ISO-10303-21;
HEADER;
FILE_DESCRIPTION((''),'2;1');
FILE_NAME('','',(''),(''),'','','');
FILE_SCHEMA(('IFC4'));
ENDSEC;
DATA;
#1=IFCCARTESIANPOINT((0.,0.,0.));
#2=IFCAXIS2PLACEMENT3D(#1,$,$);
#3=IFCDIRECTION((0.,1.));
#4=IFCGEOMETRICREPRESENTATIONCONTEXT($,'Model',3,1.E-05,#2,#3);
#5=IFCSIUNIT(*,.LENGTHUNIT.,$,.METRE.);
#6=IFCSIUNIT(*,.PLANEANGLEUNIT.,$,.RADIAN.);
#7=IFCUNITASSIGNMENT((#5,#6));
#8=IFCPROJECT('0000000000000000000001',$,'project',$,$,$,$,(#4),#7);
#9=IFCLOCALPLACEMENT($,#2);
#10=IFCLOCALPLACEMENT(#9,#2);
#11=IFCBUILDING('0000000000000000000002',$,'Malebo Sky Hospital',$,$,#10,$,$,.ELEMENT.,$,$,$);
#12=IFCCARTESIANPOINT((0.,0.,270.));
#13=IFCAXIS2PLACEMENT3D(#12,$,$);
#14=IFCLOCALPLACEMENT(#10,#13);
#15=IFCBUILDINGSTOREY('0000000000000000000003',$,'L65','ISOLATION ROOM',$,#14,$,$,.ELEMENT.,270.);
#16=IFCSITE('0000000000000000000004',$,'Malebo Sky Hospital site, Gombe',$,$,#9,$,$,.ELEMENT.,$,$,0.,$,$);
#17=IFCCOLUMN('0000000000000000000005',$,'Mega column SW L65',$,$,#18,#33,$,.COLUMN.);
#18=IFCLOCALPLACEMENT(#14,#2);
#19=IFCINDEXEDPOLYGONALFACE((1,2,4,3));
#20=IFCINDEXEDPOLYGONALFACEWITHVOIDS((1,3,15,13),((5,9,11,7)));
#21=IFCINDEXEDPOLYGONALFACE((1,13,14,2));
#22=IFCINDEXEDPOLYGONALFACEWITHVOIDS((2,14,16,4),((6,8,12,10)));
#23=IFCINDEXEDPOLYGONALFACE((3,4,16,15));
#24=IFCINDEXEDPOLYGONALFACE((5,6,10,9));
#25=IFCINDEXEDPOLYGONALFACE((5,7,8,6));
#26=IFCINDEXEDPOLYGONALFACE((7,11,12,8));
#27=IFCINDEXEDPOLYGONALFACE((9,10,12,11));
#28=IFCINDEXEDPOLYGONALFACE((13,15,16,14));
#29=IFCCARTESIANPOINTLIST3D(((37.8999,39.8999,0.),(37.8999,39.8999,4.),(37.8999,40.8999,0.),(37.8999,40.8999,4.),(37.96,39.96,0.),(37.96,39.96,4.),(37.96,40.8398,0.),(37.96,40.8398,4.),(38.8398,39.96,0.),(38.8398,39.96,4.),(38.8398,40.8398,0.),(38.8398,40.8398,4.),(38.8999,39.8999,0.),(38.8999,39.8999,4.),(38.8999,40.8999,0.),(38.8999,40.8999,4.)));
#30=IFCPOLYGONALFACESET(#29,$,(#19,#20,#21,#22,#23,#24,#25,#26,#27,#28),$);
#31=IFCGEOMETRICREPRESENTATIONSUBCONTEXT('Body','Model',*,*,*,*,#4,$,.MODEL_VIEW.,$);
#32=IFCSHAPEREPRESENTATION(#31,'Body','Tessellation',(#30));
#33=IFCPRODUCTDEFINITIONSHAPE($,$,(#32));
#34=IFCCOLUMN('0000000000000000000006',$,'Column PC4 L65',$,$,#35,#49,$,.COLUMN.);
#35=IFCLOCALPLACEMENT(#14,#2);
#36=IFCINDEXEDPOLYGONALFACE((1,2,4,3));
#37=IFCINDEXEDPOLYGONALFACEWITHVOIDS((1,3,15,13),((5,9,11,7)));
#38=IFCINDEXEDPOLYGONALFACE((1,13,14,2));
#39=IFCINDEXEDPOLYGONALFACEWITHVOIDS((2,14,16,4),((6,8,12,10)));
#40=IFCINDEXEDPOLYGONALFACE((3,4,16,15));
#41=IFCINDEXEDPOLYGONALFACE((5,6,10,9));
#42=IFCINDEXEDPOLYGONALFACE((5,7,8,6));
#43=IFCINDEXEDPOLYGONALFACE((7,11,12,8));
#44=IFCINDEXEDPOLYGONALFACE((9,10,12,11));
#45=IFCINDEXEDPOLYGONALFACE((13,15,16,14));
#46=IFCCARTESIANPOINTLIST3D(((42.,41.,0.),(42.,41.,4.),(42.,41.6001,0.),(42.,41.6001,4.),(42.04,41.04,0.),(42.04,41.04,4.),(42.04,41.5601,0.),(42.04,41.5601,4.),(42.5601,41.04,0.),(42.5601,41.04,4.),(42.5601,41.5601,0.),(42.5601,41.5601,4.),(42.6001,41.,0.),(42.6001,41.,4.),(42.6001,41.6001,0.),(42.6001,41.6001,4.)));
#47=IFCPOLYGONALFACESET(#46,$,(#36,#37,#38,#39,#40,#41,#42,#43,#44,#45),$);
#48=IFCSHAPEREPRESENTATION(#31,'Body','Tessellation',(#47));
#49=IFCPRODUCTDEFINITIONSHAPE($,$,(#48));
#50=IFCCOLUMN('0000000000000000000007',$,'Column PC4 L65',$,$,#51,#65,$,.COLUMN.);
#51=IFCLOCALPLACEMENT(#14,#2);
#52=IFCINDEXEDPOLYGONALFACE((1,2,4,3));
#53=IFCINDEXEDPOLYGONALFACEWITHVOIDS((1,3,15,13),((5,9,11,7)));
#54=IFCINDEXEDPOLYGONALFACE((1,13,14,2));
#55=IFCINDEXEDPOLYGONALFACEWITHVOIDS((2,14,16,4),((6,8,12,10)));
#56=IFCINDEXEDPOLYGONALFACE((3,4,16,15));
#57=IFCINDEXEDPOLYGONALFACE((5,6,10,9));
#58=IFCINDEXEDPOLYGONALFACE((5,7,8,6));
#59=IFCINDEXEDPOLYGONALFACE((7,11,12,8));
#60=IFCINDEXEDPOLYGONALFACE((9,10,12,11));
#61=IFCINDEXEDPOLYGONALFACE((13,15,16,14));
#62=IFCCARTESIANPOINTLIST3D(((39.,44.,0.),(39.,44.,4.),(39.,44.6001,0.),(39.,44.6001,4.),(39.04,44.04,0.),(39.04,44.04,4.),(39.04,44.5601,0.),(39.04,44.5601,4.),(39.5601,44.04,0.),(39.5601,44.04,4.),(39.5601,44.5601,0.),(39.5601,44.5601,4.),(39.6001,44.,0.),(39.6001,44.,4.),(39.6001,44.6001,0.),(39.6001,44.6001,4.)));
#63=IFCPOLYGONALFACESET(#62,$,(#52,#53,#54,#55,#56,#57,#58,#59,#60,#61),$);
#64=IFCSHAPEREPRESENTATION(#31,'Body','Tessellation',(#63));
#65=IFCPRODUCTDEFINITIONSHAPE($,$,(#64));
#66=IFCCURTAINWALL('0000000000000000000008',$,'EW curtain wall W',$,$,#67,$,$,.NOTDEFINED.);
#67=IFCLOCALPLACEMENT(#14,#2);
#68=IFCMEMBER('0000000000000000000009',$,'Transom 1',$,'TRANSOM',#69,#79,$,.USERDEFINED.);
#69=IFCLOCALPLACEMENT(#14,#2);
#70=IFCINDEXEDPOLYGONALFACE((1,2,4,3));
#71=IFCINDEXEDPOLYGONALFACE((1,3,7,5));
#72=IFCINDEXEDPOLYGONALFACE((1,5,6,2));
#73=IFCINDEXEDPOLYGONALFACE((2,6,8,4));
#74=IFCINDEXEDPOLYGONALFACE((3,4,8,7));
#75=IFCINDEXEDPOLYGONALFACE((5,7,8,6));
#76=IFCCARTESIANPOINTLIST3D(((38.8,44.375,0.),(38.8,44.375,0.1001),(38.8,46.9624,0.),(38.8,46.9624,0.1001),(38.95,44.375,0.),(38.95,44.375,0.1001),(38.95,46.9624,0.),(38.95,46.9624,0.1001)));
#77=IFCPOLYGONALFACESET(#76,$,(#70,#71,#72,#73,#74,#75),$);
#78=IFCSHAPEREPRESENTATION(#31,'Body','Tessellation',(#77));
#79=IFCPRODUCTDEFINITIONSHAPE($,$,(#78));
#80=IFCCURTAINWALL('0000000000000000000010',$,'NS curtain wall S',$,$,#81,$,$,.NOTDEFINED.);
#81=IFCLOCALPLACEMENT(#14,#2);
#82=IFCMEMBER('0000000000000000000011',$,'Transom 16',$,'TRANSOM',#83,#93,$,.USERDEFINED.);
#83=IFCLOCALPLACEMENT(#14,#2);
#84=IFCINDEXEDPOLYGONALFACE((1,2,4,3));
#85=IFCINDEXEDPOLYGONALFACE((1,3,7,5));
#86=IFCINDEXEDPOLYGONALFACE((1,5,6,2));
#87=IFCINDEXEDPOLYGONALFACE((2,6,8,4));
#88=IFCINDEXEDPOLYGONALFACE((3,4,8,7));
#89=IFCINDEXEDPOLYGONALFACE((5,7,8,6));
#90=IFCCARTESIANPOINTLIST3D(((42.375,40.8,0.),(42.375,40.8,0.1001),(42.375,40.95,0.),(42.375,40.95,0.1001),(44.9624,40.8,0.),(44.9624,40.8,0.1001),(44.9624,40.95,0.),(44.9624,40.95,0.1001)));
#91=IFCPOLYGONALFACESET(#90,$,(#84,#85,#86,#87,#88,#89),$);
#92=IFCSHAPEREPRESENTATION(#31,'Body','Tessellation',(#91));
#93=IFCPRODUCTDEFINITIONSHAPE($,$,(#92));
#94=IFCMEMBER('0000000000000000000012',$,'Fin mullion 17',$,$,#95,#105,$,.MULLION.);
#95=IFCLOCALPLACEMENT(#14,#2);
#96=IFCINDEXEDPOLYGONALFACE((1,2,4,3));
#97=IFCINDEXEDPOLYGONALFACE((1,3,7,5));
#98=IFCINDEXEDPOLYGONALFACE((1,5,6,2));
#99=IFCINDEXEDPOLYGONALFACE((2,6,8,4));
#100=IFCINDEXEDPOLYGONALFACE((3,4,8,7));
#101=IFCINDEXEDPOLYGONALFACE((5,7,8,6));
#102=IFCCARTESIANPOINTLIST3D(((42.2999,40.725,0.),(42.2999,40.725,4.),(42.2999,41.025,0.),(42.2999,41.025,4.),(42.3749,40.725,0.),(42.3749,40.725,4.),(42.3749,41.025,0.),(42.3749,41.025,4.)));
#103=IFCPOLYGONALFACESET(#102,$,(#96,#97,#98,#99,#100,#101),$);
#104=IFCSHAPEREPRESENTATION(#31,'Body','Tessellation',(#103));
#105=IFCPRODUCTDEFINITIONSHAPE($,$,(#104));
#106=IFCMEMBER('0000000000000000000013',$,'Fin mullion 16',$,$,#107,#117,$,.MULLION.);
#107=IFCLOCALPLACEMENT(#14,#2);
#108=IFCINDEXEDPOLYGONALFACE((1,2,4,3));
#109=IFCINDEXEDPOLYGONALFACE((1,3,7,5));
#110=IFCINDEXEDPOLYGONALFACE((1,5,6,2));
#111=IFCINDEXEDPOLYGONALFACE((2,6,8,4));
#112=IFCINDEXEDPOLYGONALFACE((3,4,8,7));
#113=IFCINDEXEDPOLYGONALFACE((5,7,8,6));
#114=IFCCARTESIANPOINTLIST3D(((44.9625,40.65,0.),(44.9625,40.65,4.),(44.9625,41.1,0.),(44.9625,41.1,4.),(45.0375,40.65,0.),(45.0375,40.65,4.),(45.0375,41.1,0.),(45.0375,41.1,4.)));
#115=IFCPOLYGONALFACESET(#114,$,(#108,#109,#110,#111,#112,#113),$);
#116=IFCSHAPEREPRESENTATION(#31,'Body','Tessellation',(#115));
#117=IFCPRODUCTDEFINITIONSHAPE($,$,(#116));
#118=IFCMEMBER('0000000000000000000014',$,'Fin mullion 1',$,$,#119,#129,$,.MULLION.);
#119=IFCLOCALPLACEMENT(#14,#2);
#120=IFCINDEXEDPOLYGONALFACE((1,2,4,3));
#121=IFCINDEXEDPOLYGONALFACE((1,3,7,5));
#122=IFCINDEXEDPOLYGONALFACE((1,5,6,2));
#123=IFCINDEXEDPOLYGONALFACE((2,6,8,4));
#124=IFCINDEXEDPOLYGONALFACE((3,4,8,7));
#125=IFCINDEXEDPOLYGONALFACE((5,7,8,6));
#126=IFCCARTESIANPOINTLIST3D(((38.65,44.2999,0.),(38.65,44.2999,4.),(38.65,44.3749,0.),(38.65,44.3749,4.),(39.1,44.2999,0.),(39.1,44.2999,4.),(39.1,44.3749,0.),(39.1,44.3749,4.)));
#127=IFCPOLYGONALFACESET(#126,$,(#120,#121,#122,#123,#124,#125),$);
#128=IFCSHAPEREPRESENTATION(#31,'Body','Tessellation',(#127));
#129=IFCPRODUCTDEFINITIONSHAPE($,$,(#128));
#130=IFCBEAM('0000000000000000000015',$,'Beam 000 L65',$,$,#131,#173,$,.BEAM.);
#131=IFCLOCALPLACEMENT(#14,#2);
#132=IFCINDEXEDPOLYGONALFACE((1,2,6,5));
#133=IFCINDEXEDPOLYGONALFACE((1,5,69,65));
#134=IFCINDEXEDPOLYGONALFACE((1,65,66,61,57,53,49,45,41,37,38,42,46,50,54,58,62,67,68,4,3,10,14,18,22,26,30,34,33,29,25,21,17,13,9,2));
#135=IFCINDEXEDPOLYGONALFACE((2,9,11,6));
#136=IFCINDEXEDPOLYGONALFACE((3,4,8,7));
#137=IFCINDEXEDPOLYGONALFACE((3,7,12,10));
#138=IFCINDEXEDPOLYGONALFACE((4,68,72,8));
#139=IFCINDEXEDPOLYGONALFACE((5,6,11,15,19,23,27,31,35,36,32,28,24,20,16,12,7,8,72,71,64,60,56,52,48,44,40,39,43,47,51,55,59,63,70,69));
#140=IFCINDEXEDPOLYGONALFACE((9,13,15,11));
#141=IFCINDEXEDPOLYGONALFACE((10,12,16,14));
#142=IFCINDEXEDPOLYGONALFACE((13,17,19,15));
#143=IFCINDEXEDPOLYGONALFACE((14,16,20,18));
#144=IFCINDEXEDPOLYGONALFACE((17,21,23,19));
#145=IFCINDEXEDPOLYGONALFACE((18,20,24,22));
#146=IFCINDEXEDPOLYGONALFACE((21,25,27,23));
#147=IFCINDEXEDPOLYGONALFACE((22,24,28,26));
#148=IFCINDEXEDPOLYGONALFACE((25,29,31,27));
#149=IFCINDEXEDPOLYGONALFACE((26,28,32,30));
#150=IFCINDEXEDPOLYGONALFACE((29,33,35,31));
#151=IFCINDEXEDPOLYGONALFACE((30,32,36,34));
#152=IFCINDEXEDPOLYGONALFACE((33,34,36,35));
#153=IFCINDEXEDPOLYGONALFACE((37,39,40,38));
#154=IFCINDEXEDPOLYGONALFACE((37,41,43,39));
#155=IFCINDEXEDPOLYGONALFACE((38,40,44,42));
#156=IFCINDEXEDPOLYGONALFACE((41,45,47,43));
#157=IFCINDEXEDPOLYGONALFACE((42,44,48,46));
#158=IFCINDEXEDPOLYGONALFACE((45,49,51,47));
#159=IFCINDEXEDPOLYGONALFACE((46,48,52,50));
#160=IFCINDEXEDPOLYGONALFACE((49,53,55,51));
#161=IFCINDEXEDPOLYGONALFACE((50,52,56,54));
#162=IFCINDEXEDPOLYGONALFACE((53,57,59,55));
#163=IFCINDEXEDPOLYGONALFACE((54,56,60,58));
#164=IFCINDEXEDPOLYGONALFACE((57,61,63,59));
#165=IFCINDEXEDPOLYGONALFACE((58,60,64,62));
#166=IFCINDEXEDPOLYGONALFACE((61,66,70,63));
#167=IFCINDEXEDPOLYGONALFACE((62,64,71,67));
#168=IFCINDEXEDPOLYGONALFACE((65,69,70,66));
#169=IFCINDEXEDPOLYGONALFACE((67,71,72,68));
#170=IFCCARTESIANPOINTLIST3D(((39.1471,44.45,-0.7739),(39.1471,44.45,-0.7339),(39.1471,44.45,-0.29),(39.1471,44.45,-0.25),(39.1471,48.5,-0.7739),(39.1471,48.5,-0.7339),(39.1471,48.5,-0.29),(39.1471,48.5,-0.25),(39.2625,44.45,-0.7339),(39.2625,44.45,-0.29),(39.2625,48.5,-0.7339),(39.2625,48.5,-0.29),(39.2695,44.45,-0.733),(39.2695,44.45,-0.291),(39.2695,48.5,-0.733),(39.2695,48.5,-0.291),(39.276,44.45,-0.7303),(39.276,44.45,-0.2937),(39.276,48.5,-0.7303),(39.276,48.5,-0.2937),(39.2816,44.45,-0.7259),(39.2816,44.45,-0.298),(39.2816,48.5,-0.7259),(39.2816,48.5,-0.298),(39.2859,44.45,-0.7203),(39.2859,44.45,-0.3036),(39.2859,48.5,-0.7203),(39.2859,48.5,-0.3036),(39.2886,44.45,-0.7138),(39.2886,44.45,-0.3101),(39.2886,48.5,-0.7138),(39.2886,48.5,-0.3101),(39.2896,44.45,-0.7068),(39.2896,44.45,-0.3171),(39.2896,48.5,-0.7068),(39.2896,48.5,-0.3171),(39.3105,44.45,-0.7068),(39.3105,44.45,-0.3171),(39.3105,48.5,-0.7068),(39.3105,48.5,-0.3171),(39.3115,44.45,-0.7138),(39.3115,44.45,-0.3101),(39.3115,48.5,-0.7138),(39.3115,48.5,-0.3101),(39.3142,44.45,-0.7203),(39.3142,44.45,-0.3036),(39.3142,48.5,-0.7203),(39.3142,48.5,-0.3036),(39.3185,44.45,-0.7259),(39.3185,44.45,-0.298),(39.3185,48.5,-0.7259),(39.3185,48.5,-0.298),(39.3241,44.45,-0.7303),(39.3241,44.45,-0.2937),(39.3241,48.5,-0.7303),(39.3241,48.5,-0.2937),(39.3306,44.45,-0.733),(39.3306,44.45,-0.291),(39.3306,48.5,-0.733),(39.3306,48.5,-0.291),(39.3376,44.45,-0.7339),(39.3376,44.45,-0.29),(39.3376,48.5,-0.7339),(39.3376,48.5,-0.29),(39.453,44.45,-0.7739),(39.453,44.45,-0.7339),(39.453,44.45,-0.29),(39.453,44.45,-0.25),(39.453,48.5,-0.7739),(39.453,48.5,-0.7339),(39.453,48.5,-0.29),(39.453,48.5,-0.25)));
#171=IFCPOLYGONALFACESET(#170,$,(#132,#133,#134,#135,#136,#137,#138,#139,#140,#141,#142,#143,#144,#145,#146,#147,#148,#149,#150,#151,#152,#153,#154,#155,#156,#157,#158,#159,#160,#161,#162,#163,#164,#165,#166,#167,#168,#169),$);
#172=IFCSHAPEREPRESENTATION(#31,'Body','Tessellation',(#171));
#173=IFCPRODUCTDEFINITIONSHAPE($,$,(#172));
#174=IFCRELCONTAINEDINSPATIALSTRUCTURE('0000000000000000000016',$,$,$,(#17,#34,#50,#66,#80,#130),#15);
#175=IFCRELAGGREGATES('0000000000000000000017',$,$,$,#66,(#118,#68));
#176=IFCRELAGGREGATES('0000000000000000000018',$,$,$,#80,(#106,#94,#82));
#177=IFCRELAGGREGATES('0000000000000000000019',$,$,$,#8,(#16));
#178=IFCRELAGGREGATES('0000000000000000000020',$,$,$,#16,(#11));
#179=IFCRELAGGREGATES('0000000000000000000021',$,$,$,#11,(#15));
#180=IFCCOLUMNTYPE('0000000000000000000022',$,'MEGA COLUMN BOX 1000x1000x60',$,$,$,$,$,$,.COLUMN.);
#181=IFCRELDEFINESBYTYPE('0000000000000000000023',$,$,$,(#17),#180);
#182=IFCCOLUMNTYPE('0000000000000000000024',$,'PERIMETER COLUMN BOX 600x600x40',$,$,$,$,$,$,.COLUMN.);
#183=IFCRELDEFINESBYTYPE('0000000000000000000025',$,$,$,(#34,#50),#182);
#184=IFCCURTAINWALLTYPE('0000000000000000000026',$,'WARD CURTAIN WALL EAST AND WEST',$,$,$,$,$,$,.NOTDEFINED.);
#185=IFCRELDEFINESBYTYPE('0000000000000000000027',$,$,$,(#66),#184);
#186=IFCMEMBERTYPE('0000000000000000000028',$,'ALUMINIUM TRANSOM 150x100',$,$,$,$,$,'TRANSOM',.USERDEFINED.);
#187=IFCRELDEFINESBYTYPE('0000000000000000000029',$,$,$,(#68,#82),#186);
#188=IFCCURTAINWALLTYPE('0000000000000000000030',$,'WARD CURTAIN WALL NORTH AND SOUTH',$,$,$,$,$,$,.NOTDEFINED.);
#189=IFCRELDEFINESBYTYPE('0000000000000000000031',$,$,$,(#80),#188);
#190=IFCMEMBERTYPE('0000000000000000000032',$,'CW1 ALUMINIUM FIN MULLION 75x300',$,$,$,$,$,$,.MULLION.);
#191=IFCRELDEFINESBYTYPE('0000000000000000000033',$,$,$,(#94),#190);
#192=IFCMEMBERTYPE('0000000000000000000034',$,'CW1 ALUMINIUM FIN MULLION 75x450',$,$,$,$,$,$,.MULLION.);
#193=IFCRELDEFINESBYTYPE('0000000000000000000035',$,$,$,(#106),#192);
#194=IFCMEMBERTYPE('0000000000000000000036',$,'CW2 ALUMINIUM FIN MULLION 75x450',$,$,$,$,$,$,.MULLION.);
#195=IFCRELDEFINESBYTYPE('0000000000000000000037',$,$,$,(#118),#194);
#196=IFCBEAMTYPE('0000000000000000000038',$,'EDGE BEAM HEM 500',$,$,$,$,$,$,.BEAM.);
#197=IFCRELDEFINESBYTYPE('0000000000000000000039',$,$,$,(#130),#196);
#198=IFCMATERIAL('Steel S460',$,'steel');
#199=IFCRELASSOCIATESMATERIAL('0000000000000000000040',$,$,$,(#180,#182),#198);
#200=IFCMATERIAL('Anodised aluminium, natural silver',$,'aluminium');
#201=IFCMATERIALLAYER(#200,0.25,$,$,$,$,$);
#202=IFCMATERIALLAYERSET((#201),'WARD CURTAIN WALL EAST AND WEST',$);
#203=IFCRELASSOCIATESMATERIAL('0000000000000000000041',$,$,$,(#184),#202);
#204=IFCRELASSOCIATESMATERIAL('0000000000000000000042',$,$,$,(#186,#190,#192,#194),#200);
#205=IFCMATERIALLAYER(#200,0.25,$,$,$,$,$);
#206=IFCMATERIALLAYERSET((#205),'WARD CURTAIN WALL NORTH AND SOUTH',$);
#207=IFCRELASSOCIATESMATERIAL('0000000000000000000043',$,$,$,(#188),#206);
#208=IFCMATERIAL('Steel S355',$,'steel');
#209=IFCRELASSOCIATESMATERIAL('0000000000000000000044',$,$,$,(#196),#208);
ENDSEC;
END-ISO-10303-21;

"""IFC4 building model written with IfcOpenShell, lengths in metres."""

from ifc_helpers import new_model, si_unit, direction, frame, origin, origin_2d, place, context, subcontext, project, spatial, rectangle, hollow_rectangle, i_section, extrude, material, layer, layer_set, material_profile, profile_set, type_object, element, aggregate, save


model = new_model("IFC4")

# Units and contexts
model_context = context("Model", 3, precision=1e-05, world=origin(), true_north=direction((0.0, 1.0)))
body_context = subcontext(model_context, "Body", "Model", "MODEL_VIEW")
ifc_project = project(units=[si_unit("LENGTHUNIT", "METRE"), si_unit("PLANEANGLEUNIT", "RADIAN")], contexts=[model_context])

# Site, building, storey
site_placement = place(None, origin())
site = spatial("IfcSite", under=ifc_project, at=site_placement, Name="Malebo Sky Hospital site, Gombe", CompositionType="ELEMENT", RefElevation=0.0)
building_placement = place(site_placement, origin())
building = spatial("IfcBuilding", under=site, at=building_placement, Name="Malebo Sky Hospital", CompositionType="ELEMENT")
storey_placement = place(building_placement, frame((0.0, 0.0, 270.0)))
storey = spatial("IfcBuildingStorey", under=building, at=storey_placement, Name="L65", Description="ISOLATION ROOM", CompositionType="ELEMENT", Elevation=270.0)

# Columns
ifc_material_1 = material(Name="Steel S460", Category="steel")
ifc_material_profile_1 = material_profile(ifc_material_1, hollow_rectangle(XDim=1.0, YDim=1.0, WallThickness=0.0601, at=origin_2d()), Name="BOX 1000x1000x60")
ifc_profile_set_1 = profile_set([ifc_material_profile_1], Name="Steel S460")
column_type_1 = type_object("IfcColumnType", Name="MEGA COLUMN BOX 1000x1000x60", PredefinedType="COLUMN", material=ifc_profile_set_1)
column_placement = place(storey_placement, frame((38.3999, 40.3999, 0.0), z_axis=(0.0, 0.0, 1.0), x_axis=(1.0, 0.0, 0.0)))
element("IfcColumn", 1, at=column_placement, inside=storey, type_object=column_type_1, Name="Mega column SW L65", PredefinedType="COLUMN", context=body_context, shape_type="SweptSolid", body=[
    extrude(hollow_rectangle(XDim=1.0, YDim=1.0, WallThickness=0.0601, at=origin_2d()), origin(), (0.0, 0.0, 1.0), 4.0),
])
ifc_material_profile_2 = material_profile(ifc_material_1, hollow_rectangle(XDim=0.6001, YDim=0.6001, WallThickness=0.04, at=origin_2d()), Name="BOX 600x600x40")
ifc_profile_set_2 = profile_set([ifc_material_profile_2], Name="Steel S460")
column_type_2 = type_object("IfcColumnType", Name="PERIMETER COLUMN BOX 600x600x40", PredefinedType="COLUMN", material=ifc_profile_set_2)
for number, where, z_axis, x_axis, name in (
    (2, (42.3, 41.3, 0.0), (0.0, 0.0, 1.0), (1.0, 0.0, 0.0), "Column PC4 L65"),
    (3, (39.3, 44.3, 0.0), (0.0, 0.0, 1.0), (1.0, 0.0, 0.0), "Column PC4 L65"),
):
    element("IfcColumn", number, at=place(storey_placement, frame(where, z_axis=z_axis, x_axis=x_axis)), inside=storey, type_object=column_type_2, Name=name, PredefinedType="COLUMN", context=body_context, shape_type="SweptSolid", body=[
        extrude(hollow_rectangle(XDim=0.6001, YDim=0.6001, WallThickness=0.04, at=origin_2d()), origin(), (0.0, 0.0, 1.0), 4.0),
    ])

# Curtain wall, member
ifc_material_2 = material(Name="Anodised aluminium, natural silver", Category="aluminium")
ifc_layer_1 = layer(ifc_material_2, 0.25)
ifc_layer_set_1 = layer_set([ifc_layer_1], Name="WARD CURTAIN WALL EAST AND WEST")
curtain_wall_type_1 = type_object("IfcCurtainWallType", Name="WARD CURTAIN WALL EAST AND WEST", PredefinedType="NOTDEFINED", material=ifc_layer_set_1)
curtain_wall_1_placement = place(storey_placement, origin())
curtain_wall_1 = element("IfcCurtainWall", 4, at=curtain_wall_1_placement, inside=storey, type_object=curtain_wall_type_1, Name="EW curtain wall W", PredefinedType="NOTDEFINED")
ifc_material_profile_3 = material_profile(ifc_material_2, rectangle(XDim=0.1499, YDim=0.1001, at=origin_2d()), Name="ALUMINIUM TRANSOM 150x100")
ifc_profile_set_3 = profile_set([ifc_material_profile_3], Name="Anodised aluminium, natural silver")
member_type_1 = type_object("IfcMemberType", Name="ALUMINIUM TRANSOM 150x100", ElementType="TRANSOM", PredefinedType="USERDEFINED", material=ifc_profile_set_3)
member_1_placement = place(storey_placement, frame((38.875, 44.375, 0.05), z_axis=(0.0, 1.0, 0.0), x_axis=(-1.0, 0.0, 0.0)))
member_1 = element("IfcMember", 5, at=member_1_placement, type_object=member_type_1, Name="Transom 1", ObjectType="TRANSOM", PredefinedType="USERDEFINED", context=body_context, shape_type="SweptSolid", body=[
    extrude(rectangle(XDim=0.1499, YDim=0.1001, at=origin_2d()), origin(), (0.0, 0.0, 1.0), 2.5874),
])

# Curtain wall, members
ifc_layer_2 = layer(ifc_material_2, 0.25)
ifc_layer_set_2 = layer_set([ifc_layer_2], Name="WARD CURTAIN WALL NORTH AND SOUTH")
curtain_wall_type_2 = type_object("IfcCurtainWallType", Name="WARD CURTAIN WALL NORTH AND SOUTH", PredefinedType="NOTDEFINED", material=ifc_layer_set_2)
curtain_wall_2_placement = place(storey_placement, origin())
curtain_wall_2 = element("IfcCurtainWall", 6, at=curtain_wall_2_placement, inside=storey, type_object=curtain_wall_type_2, Name="NS curtain wall S", PredefinedType="NOTDEFINED")
member_2_placement = place(storey_placement, frame((44.9624, 40.875, 0.05), z_axis=(-1.0, 0.0, 0.0), x_axis=(0.0, -1.0, 0.0)))
member_2 = element("IfcMember", 7, at=member_2_placement, type_object=member_type_1, Name="Transom 16", ObjectType="TRANSOM", PredefinedType="USERDEFINED", context=body_context, shape_type="SweptSolid", body=[
    extrude(rectangle(XDim=0.1499, YDim=0.1001, at=origin_2d()), origin(), (0.0, 0.0, 1.0), 2.5874),
])
ifc_material_profile_4 = material_profile(ifc_material_2, rectangle(XDim=0.075, YDim=0.3, at=origin_2d()), Name="CW1 ALUMINIUM FIN MULLION 75x300")
ifc_profile_set_4 = profile_set([ifc_material_profile_4], Name="Anodised aluminium, natural silver")
member_type_2 = type_object("IfcMemberType", Name="CW1 ALUMINIUM FIN MULLION 75x300", PredefinedType="MULLION", material=ifc_profile_set_4)
member_3_placement = place(storey_placement, frame((42.3374, 40.875, 0.0), z_axis=(0.0, 0.0, 1.0), x_axis=(-1.0, 0.0, 0.0)))
member_3 = element("IfcMember", 8, at=member_3_placement, type_object=member_type_2, Name="Fin mullion 17", PredefinedType="MULLION", context=body_context, shape_type="SweptSolid", body=[
    extrude(rectangle(XDim=0.075, YDim=0.3, at=origin_2d()), origin(), (0.0, 0.0, 1.0), 4.0),
])
ifc_material_profile_5 = material_profile(ifc_material_2, rectangle(XDim=0.075, YDim=0.45, at=origin_2d()), Name="CW1 ALUMINIUM FIN MULLION 75x450")
ifc_profile_set_5 = profile_set([ifc_material_profile_5], Name="Anodised aluminium, natural silver")
member_type_3 = type_object("IfcMemberType", Name="CW1 ALUMINIUM FIN MULLION 75x450", PredefinedType="MULLION", material=ifc_profile_set_5)
member_4_placement = place(storey_placement, frame((45.0, 40.875, 0.0), z_axis=(0.0, 0.0, 1.0), x_axis=(-1.0, 0.0, 0.0)))
member_4 = element("IfcMember", 9, at=member_4_placement, type_object=member_type_3, Name="Fin mullion 16", PredefinedType="MULLION", context=body_context, shape_type="SweptSolid", body=[
    extrude(rectangle(XDim=0.075, YDim=0.45, at=origin_2d()), origin(), (0.0, 0.0, 1.0), 4.0),
])

# Member
ifc_material_profile_6 = material_profile(ifc_material_2, rectangle(XDim=0.075, YDim=0.45, at=origin_2d()), Name="CW2 ALUMINIUM FIN MULLION 75x450")
ifc_profile_set_6 = profile_set([ifc_material_profile_6], Name="Anodised aluminium, natural silver")
member_type_4 = type_object("IfcMemberType", Name="CW2 ALUMINIUM FIN MULLION 75x450", PredefinedType="MULLION", material=ifc_profile_set_6)
member_5_placement = place(storey_placement, frame((38.875, 44.3374, 0.0), z_axis=(0.0, 0.0, 1.0), x_axis=(0.0, 1.0, 0.0)))
member_5 = element("IfcMember", 10, at=member_5_placement, type_object=member_type_4, Name="Fin mullion 1", PredefinedType="MULLION", context=body_context, shape_type="SweptSolid", body=[
    extrude(rectangle(XDim=0.075, YDim=0.45, at=origin_2d()), origin(), (0.0, 0.0, 1.0), 4.0),
])
aggregate(curtain_wall_1, [member_5, member_1])

# Beam
ifc_material_3 = material(Name="Steel S355", Category="steel")
ifc_material_profile_7 = material_profile(ifc_material_3, i_section(OverallWidth=0.3059, OverallDepth=0.5239, WebThickness=0.021, FlangeThickness=0.04, FilletRadius=0.0271, at=origin_2d()), Name="HEM 500")
ifc_profile_set_7 = profile_set([ifc_material_profile_7], Name="Steel S355")
beam_type_1 = type_object("IfcBeamType", Name="EDGE BEAM HEM 500", PredefinedType="BEAM", material=ifc_profile_set_7)
for number, where, z_axis, x_axis, name in (
    (11, (39.3, 44.45, -0.512), (0.0, 1.0, 0.0), (-1.0, 0.0, 0.0), "Beam 000 L65"),
):
    element("IfcBeam", number, at=place(storey_placement, frame(where, z_axis=z_axis, x_axis=x_axis)), inside=storey, type_object=beam_type_1, Name=name, PredefinedType="BEAM", context=body_context, shape_type="SweptSolid", body=[
        extrude(i_section(OverallWidth=0.3059, OverallDepth=0.5239, WebThickness=0.021, FlangeThickness=0.04, FilletRadius=0.0271, at=origin_2d()), origin(), (0.0, 0.0, 1.0), 4.05),
    ])

aggregate(curtain_wall_2, [member_4, member_3, member_2])

save(model, "model.ifc")
